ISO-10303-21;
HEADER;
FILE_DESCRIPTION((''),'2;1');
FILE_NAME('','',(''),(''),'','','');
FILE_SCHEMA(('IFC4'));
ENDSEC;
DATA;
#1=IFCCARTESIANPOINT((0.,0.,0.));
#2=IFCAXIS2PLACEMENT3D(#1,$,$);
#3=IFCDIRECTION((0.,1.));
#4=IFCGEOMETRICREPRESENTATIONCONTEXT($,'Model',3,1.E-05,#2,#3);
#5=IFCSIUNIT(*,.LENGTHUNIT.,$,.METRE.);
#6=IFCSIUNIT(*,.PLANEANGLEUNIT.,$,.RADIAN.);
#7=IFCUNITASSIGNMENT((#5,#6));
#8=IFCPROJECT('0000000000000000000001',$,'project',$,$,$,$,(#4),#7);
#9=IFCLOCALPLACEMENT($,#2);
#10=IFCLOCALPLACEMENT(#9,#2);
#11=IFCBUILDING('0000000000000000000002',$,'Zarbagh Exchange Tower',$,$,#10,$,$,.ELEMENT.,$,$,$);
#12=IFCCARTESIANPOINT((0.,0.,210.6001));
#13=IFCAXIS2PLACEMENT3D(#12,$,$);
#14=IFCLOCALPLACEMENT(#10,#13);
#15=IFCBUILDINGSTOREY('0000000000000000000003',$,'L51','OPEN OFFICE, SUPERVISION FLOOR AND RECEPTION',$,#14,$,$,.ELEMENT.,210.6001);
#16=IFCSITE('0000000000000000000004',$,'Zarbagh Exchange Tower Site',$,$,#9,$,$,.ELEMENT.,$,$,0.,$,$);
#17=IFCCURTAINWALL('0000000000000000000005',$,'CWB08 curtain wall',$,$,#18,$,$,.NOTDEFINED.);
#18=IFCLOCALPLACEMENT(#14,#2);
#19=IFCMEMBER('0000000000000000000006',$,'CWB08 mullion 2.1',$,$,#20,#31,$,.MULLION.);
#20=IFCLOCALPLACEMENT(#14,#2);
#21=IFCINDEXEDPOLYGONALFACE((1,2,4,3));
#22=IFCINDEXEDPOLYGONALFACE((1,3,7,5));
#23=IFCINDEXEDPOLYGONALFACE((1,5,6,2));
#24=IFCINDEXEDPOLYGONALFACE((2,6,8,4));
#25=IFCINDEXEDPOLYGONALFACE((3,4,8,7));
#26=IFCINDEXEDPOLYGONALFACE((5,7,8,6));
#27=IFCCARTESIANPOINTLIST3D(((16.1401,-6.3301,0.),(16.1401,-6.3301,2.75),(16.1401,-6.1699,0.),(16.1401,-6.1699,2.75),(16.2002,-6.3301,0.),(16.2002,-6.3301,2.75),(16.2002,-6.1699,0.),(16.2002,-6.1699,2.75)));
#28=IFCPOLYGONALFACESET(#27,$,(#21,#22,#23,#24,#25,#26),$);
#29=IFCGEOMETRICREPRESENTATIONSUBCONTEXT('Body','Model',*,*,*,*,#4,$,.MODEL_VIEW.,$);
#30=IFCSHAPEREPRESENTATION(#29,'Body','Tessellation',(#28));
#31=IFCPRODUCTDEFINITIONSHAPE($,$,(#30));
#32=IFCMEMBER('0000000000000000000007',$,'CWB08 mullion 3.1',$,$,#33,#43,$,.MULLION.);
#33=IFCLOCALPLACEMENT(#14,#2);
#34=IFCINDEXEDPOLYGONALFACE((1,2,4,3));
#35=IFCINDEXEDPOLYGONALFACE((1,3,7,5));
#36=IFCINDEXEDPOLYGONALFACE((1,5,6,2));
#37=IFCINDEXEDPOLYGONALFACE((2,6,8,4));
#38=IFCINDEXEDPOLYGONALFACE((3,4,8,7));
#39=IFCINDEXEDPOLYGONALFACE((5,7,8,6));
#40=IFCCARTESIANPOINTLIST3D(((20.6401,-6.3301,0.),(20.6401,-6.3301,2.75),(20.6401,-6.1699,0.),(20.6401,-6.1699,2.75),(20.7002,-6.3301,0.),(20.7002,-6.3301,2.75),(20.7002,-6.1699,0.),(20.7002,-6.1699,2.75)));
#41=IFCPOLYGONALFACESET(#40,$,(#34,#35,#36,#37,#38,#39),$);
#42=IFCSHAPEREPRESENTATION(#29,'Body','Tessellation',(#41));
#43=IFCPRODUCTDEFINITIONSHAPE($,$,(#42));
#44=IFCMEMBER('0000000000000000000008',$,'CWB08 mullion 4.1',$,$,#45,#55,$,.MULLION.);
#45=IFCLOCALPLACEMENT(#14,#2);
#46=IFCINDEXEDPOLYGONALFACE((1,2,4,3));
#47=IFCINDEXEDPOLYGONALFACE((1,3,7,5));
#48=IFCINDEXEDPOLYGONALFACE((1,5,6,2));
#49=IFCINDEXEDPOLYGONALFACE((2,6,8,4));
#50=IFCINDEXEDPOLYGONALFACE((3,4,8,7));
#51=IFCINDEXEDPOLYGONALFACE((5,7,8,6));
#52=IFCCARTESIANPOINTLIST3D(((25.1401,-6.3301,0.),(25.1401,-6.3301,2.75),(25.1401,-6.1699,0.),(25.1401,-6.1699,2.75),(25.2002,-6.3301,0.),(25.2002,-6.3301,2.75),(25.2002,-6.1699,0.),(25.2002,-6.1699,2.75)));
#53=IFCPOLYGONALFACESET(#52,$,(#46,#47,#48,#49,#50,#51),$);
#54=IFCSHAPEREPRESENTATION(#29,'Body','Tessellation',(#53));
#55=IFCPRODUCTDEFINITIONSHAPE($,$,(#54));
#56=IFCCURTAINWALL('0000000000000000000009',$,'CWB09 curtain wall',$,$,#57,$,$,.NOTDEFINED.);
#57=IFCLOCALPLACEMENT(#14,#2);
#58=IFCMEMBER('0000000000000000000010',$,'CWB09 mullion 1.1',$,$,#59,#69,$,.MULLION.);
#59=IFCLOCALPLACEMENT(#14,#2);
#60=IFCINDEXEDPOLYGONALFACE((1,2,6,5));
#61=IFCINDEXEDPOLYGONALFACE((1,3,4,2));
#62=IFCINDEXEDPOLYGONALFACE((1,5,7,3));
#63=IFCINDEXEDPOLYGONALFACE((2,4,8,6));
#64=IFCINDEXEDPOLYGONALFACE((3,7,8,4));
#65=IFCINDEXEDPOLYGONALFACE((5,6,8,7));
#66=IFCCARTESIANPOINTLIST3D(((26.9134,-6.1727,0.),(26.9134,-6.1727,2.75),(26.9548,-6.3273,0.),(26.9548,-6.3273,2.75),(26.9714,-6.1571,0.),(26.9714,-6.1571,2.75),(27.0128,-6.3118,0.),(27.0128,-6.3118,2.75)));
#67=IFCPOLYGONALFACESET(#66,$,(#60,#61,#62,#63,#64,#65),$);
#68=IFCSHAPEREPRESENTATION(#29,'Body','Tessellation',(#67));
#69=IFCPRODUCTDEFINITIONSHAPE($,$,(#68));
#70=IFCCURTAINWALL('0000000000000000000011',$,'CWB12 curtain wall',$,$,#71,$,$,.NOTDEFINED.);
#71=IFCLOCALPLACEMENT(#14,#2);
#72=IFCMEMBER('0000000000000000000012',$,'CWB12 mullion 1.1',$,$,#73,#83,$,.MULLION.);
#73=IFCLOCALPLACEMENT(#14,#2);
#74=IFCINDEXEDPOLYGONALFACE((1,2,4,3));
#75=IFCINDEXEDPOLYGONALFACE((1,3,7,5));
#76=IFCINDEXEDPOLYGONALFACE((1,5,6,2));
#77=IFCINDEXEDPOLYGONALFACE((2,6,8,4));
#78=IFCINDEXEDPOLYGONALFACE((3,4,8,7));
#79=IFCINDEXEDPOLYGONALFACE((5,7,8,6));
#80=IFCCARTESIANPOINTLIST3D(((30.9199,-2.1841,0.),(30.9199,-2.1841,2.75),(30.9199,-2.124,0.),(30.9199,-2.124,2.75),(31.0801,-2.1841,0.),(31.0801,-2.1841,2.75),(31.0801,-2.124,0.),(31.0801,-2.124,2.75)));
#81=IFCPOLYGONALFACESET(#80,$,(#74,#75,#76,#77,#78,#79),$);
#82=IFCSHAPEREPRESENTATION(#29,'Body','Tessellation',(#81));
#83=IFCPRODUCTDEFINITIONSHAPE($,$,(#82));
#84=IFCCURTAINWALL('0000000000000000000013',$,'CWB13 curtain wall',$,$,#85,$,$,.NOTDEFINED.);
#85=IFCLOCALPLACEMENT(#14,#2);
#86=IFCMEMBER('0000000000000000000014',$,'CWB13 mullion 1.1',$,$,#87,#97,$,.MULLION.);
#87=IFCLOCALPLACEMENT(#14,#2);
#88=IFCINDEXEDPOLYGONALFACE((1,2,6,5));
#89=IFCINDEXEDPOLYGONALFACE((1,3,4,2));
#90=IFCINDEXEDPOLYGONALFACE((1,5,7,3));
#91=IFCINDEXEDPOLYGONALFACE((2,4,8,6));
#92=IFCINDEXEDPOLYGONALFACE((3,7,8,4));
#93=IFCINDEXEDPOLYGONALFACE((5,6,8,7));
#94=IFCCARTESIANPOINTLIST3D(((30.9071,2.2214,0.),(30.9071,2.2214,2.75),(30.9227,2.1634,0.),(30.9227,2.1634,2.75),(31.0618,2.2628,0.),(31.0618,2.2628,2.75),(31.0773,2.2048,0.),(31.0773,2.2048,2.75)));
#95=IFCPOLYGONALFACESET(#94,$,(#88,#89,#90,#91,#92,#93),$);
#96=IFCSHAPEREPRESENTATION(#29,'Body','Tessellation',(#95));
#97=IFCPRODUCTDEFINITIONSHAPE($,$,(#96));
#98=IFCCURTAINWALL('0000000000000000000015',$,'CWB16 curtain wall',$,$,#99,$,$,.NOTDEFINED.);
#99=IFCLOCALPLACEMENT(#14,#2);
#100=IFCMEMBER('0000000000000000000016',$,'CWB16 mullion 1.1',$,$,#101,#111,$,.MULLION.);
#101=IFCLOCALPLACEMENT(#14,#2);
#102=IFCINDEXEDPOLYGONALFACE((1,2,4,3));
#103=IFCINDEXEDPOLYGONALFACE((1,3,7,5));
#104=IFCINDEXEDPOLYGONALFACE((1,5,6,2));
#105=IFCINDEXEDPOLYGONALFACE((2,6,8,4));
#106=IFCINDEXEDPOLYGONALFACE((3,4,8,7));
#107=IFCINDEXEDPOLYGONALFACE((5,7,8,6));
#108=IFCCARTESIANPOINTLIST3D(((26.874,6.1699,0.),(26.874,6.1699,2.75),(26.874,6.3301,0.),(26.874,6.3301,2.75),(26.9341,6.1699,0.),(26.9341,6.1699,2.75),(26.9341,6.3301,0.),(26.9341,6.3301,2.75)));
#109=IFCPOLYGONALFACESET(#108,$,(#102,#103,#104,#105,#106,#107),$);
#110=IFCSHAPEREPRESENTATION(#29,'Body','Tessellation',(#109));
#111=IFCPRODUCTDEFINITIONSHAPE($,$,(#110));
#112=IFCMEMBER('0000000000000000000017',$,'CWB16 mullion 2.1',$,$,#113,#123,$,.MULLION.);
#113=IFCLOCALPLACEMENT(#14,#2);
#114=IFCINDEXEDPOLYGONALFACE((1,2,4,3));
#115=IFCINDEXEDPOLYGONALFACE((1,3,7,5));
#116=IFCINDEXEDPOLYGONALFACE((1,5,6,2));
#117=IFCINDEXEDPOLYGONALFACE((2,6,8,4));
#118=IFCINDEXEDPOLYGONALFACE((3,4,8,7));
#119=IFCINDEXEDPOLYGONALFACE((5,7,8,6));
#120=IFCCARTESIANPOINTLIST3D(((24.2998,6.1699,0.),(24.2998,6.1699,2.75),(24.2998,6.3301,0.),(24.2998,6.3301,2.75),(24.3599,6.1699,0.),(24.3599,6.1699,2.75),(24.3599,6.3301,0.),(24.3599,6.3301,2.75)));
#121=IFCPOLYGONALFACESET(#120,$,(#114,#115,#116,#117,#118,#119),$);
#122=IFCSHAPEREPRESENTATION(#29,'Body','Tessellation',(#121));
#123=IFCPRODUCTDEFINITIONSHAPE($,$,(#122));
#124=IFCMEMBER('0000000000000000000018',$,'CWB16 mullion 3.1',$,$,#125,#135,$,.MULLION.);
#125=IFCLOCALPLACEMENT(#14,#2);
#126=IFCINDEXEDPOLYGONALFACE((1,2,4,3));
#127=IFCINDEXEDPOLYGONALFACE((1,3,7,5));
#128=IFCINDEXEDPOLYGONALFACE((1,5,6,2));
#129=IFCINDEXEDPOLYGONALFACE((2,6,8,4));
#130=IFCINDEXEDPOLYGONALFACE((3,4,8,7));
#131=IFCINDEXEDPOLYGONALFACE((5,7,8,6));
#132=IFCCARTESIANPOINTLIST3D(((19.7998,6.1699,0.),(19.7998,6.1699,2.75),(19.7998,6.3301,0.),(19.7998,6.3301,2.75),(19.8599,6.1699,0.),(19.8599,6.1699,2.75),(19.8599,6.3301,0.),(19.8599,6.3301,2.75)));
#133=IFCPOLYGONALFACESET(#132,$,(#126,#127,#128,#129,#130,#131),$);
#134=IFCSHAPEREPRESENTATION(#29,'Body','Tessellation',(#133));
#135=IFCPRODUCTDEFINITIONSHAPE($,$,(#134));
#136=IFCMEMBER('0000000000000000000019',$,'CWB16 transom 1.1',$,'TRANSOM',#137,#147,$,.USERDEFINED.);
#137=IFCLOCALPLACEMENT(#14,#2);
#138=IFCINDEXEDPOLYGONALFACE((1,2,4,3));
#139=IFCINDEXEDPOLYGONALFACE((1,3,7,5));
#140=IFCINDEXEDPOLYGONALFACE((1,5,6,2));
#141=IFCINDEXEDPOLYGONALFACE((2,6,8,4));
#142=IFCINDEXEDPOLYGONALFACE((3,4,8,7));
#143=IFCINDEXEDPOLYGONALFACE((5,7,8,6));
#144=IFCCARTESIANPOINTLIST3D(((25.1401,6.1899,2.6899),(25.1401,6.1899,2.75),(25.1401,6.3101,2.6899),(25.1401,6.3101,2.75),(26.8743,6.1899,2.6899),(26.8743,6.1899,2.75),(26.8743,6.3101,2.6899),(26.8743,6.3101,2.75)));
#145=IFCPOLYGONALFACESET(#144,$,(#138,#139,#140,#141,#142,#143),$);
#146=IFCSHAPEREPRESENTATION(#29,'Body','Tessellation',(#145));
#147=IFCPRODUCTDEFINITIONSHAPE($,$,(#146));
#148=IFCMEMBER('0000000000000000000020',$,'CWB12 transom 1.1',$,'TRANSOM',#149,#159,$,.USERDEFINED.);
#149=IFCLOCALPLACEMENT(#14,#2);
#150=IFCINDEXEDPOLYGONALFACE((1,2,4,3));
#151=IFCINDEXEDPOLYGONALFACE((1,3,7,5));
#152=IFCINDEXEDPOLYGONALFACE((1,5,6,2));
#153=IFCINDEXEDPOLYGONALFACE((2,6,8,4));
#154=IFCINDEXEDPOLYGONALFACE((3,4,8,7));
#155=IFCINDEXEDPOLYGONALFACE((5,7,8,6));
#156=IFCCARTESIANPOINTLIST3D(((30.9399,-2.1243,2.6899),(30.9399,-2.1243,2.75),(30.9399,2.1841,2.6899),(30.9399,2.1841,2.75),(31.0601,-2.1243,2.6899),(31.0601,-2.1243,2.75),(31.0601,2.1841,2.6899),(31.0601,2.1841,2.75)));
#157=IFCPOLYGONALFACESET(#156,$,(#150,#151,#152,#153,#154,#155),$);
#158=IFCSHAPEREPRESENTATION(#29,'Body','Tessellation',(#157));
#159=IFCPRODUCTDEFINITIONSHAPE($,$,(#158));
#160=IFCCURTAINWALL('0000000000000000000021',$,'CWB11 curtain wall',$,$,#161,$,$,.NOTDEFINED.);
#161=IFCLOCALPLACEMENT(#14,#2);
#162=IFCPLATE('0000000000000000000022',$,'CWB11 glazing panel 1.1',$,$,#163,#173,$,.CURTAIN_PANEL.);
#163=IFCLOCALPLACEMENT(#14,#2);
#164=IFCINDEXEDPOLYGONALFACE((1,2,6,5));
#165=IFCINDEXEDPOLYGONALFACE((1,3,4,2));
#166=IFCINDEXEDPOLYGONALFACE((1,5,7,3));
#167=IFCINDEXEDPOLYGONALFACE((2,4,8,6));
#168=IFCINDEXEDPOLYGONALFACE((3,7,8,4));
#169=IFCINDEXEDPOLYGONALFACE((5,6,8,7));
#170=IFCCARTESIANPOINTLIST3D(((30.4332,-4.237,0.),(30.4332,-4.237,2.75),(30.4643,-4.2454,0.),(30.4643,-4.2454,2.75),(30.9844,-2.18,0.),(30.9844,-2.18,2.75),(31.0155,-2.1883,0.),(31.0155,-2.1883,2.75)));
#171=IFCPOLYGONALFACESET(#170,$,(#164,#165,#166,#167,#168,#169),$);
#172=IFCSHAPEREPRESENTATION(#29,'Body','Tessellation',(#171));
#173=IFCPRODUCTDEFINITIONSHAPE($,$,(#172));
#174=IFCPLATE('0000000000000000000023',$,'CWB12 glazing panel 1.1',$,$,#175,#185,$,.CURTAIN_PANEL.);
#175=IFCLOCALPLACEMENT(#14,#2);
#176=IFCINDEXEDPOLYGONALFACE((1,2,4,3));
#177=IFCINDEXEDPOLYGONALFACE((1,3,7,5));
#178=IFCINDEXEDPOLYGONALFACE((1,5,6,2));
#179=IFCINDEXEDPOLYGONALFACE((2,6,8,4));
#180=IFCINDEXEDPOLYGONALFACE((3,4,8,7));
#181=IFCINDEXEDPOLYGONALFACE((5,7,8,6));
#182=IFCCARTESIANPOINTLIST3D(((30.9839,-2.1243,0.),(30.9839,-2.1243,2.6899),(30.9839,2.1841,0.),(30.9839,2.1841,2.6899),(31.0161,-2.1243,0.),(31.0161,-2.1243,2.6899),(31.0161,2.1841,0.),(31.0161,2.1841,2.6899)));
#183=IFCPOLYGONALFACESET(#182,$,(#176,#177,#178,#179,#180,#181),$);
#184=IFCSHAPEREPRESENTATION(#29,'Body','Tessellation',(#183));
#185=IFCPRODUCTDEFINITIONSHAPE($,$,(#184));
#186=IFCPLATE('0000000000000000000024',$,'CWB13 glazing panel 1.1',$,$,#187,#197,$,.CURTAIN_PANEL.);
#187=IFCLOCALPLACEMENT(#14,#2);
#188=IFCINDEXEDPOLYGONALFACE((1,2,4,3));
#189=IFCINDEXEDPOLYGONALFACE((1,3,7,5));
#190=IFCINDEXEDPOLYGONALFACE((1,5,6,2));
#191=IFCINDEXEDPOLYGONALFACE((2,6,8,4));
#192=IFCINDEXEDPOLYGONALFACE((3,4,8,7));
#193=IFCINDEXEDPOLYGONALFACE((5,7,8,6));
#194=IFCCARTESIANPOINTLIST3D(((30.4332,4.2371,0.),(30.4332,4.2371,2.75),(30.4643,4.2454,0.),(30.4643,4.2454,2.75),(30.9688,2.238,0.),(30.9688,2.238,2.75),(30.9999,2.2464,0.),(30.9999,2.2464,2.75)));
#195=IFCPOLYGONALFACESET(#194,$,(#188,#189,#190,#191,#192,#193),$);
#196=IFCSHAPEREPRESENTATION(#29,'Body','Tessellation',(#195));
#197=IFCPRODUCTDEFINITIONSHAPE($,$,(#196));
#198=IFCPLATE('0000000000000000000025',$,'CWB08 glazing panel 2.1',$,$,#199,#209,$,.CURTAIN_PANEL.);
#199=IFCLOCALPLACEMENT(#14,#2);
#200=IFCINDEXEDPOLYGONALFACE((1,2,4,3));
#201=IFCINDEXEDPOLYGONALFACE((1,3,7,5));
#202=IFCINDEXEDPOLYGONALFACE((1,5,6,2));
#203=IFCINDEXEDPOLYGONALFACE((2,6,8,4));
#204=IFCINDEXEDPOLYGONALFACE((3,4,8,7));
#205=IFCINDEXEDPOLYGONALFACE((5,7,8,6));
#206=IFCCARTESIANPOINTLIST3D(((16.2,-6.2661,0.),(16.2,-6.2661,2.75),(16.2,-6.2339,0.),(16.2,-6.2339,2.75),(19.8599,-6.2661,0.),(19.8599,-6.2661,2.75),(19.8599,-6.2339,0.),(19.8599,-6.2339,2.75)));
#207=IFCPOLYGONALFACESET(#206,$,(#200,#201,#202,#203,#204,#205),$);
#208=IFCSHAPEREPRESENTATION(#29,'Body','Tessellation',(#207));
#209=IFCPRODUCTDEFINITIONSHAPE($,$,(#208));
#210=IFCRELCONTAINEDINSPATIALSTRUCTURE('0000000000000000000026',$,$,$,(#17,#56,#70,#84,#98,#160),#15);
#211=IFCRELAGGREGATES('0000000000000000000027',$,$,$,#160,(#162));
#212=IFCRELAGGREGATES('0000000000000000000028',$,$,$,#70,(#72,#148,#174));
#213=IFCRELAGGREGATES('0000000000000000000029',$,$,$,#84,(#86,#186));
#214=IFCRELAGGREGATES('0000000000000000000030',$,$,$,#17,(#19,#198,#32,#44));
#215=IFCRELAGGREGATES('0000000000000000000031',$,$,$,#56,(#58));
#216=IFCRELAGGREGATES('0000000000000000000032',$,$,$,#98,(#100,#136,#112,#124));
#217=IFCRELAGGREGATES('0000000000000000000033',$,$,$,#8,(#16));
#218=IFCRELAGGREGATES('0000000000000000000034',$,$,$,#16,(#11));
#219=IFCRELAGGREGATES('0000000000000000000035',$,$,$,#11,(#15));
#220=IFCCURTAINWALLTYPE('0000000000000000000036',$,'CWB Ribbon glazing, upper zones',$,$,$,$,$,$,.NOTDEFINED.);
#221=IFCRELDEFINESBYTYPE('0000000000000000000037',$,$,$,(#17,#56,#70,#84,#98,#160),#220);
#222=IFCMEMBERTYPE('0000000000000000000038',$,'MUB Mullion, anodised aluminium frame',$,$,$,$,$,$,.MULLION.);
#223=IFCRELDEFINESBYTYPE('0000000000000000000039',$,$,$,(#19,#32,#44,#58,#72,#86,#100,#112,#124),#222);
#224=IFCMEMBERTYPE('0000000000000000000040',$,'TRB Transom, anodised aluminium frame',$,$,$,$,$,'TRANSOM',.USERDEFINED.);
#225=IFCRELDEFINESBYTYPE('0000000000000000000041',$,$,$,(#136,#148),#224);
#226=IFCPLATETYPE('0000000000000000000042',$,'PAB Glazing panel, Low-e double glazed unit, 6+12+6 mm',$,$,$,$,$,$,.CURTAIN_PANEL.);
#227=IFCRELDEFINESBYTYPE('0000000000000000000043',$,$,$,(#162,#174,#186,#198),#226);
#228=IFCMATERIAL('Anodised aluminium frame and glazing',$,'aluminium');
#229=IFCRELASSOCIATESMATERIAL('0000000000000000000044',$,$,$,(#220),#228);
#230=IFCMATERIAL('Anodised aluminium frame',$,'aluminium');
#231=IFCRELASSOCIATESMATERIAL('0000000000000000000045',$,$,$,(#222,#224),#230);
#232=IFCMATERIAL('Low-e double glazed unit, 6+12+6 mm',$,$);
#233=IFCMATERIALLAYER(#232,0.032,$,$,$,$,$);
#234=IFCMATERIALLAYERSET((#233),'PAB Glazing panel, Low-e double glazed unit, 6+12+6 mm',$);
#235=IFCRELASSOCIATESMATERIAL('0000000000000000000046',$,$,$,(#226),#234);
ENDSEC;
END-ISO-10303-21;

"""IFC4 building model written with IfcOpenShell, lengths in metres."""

from ifc_helpers import new_model, si_unit, direction, frame, origin, place, context, subcontext, project, spatial, polyline, outline, extrude, source, transform, mapped, material, layer, layer_set, type_object, element, aggregate, save


model = new_model("IFC4")

# Units and contexts
model_context = context("Model", 3, precision=1e-05, world=origin(), true_north=direction((0.0, 1.0)))
body_context = subcontext(model_context, "Body", "Model", "MODEL_VIEW")
ifc_project = project(units=[si_unit("LENGTHUNIT", "METRE"), si_unit("PLANEANGLEUNIT", "RADIAN")], contexts=[model_context])

# Site, building, storey
site_placement = place(None, origin())
site = spatial("IfcSite", under=ifc_project, at=site_placement, Name="Zarbagh Exchange Tower Site", CompositionType="ELEMENT", RefElevation=0.0)
building_placement = place(site_placement, origin())
building = spatial("IfcBuilding", under=site, at=building_placement, Name="Zarbagh Exchange Tower", CompositionType="ELEMENT")
storey_placement = place(building_placement, frame((0.0, 0.0, 210.6001)))
storey = spatial("IfcBuildingStorey", under=building, at=storey_placement, Name="L51", Description="OPEN OFFICE, SUPERVISION FLOOR AND RECEPTION", CompositionType="ELEMENT", Elevation=210.6001)

# Curtain wall, members
ifc_material_1 = material(Name="Anodised aluminium frame and glazing", Category="aluminium")
curtain_wall_type = type_object("IfcCurtainWallType", Name="CWB Ribbon glazing, upper zones", PredefinedType="NOTDEFINED", material=ifc_material_1)
curtain_wall_1_placement = place(storey_placement, origin())
curtain_wall_1 = element("IfcCurtainWall", 1, at=curtain_wall_1_placement, inside=storey, type_object=curtain_wall_type, Name="CWB08 curtain wall", PredefinedType="NOTDEFINED")
ifc_material_2 = material(Name="Anodised aluminium frame", Category="aluminium")
member_type_1 = type_object("IfcMemberType", Name="MUB Mullion, anodised aluminium frame", PredefinedType="MULLION", material=ifc_material_2)
shared_shape_1 = source(origin(), body_context, "Body", "SweptSolid", [
    extrude(outline(polyline([(0.0, -0.0801), (0.0601, -0.0801), (0.0601, 0.0801), (0.0, 0.0801), (0.0, -0.0801)])), origin(), (0.0, 0.0, 1.0), 2.75),
])
placement = place(storey_placement, origin())
member_1 = element("IfcMember", 2, at=placement, type_object=member_type_1, Name="CWB08 mullion 2.1", PredefinedType="MULLION", context=body_context, shape_type="MappedRepresentation", body=[
    mapped(shared_shape_1, transform((16.1401, -6.25, 0.0), x_axis=(1.0, 0.0, 0.0), y_axis=(0.0, 1.0, 0.0), z_axis=(0.0, 0.0, 1.0))),
])
member_2 = element("IfcMember", 3, at=placement, type_object=member_type_1, Name="CWB08 mullion 3.1", PredefinedType="MULLION", context=body_context, shape_type="MappedRepresentation", body=[
    mapped(shared_shape_1, transform((20.6401, -6.25, 0.0), x_axis=(1.0, 0.0, 0.0), y_axis=(0.0, 1.0, 0.0), z_axis=(0.0, 0.0, 1.0))),
])
member_3 = element("IfcMember", 4, at=placement, type_object=member_type_1, Name="CWB08 mullion 4.1", PredefinedType="MULLION", context=body_context, shape_type="MappedRepresentation", body=[
    mapped(shared_shape_1, transform((25.1401, -6.25, 0.0), x_axis=(1.0, 0.0, 0.0), y_axis=(0.0, 1.0, 0.0), z_axis=(0.0, 0.0, 1.0))),
])

# Curtain walls, members
curtain_wall_2_placement = place(storey_placement, origin())
curtain_wall_2 = element("IfcCurtainWall", 5, at=curtain_wall_2_placement, inside=storey, type_object=curtain_wall_type, Name="CWB09 curtain wall", PredefinedType="NOTDEFINED")
member_4 = element("IfcMember", 6, at=placement, type_object=member_type_1, Name="CWB09 mullion 1.1", PredefinedType="MULLION", context=body_context, shape_type="MappedRepresentation", body=[
    mapped(shared_shape_1, transform((26.9341, -6.25, 0.0), x_axis=(0.965924, 0.258825, 0.0), y_axis=(-0.258825, 0.965924, 0.0), z_axis=(0.0, 0.0, 1.0))),
])
curtain_wall_3_placement = place(storey_placement, origin())
curtain_wall_3 = element("IfcCurtainWall", 7, at=curtain_wall_3_placement, inside=storey, type_object=curtain_wall_type, Name="CWB12 curtain wall", PredefinedType="NOTDEFINED")
member_5 = element("IfcMember", 8, at=placement, type_object=member_type_1, Name="CWB12 mullion 1.1", PredefinedType="MULLION", context=body_context, shape_type="MappedRepresentation", body=[
    mapped(shared_shape_1, transform((31.0, -2.1841, 0.0), x_axis=(0.0, 1.0, 0.0), y_axis=(-1.0, 0.0, 0.0), z_axis=(0.0, 0.0, 1.0))),
])
curtain_wall_4_placement = place(storey_placement, origin())
curtain_wall_4 = element("IfcCurtainWall", 9, at=curtain_wall_4_placement, inside=storey, type_object=curtain_wall_type, Name="CWB13 curtain wall", PredefinedType="NOTDEFINED")
member_6 = element("IfcMember", 10, at=placement, type_object=member_type_1, Name="CWB13 mullion 1.1", PredefinedType="MULLION", context=body_context, shape_type="MappedRepresentation", body=[
    mapped(shared_shape_1, transform((31.0, 2.1841, 0.0), x_axis=(-0.258825, 0.965924, 0.0), y_axis=(-0.965924, -0.258825, 0.0), z_axis=(0.0, 0.0, 1.0))),
])

# Curtain wall, members
curtain_wall_5_placement = place(storey_placement, origin())
curtain_wall_5 = element("IfcCurtainWall", 11, at=curtain_wall_5_placement, inside=storey, type_object=curtain_wall_type, Name="CWB16 curtain wall", PredefinedType="NOTDEFINED")
member_7 = element("IfcMember", 12, at=placement, type_object=member_type_1, Name="CWB16 mullion 1.1", PredefinedType="MULLION", context=body_context, shape_type="MappedRepresentation", body=[
    mapped(shared_shape_1, transform((26.9341, 6.25, 0.0), x_axis=(-1.0, 0.0, 0.0), y_axis=(0.0, -1.0, 0.0), z_axis=(0.0, 0.0, 1.0))),
])
member_8 = element("IfcMember", 13, at=placement, type_object=member_type_1, Name="CWB16 mullion 2.1", PredefinedType="MULLION", context=body_context, shape_type="MappedRepresentation", body=[
    mapped(shared_shape_1, transform((24.3599, 6.25, 0.0), x_axis=(-1.0, 0.0, 0.0), y_axis=(0.0, -1.0, 0.0), z_axis=(0.0, 0.0, 1.0))),
])
member_9 = element("IfcMember", 14, at=placement, type_object=member_type_1, Name="CWB16 mullion 3.1", PredefinedType="MULLION", context=body_context, shape_type="MappedRepresentation", body=[
    mapped(shared_shape_1, transform((19.8599, 6.25, 0.0), x_axis=(-1.0, 0.0, 0.0), y_axis=(0.0, -1.0, 0.0), z_axis=(0.0, 0.0, 1.0))),
])
member_type_2 = type_object("IfcMemberType", Name="TRB Transom, anodised aluminium frame", ElementType="TRANSOM", PredefinedType="USERDEFINED", material=ifc_material_2)
shared_shape_2 = source(origin(), body_context, "Body", "SweptSolid", [
    extrude(outline(polyline([(-0.0601, -0.0601), (0.0, -0.0601), (0.0, 0.0601), (-0.0601, 0.0601), (-0.0601, -0.0601)])), origin(), (0.0, 0.0, 1.0), 1.7341),
])
member_10 = element("IfcMember", 15, at=placement, type_object=member_type_2, Name="CWB16 transom 1.1", ObjectType="TRANSOM", PredefinedType="USERDEFINED", context=body_context, shape_type="MappedRepresentation", body=[
    mapped(shared_shape_2, transform((26.8743, 6.25, 2.75), x_axis=(0.0, 0.0, 1.0), y_axis=(0.0, 1.0, 0.0), z_axis=(-1.0, 0.0, 0.0))),
])

# Member
shared_shape_3 = source(origin(), body_context, "Body", "SweptSolid", [
    extrude(outline(polyline([(-0.0601, -0.0601), (0.0, -0.0601), (0.0, 0.0601), (-0.0601, 0.0601), (-0.0601, -0.0601)])), origin(), (0.0, 0.0, 1.0), 4.3083),
])
member_11 = element("IfcMember", 16, at=placement, type_object=member_type_2, Name="CWB12 transom 1.1", ObjectType="TRANSOM", PredefinedType="USERDEFINED", context=body_context, shape_type="MappedRepresentation", body=[
    mapped(shared_shape_3, transform((31.0, -2.1243, 2.75), x_axis=(0.0, 0.0, 1.0), y_axis=(1.0, 0.0, 0.0), z_axis=(0.0, 1.0, 0.0))),
])

# Curtain wall, plate
curtain_wall_6_placement = place(storey_placement, origin())
curtain_wall_6 = element("IfcCurtainWall", 17, at=curtain_wall_6_placement, inside=storey, type_object=curtain_wall_type, Name="CWB11 curtain wall", PredefinedType="NOTDEFINED")
ifc_material_3 = material(Name="Low-e double glazed unit, 6+12+6 mm")
ifc_layer = layer(ifc_material_3, 0.032)
ifc_layer_set = layer_set([ifc_layer], Name="PAB Glazing panel, Low-e double glazed unit, 6+12+6 mm")
plate_type = type_object("IfcPlateType", Name="PAB Glazing panel, Low-e double glazed unit, 6+12+6 mm", PredefinedType="CURTAIN_PANEL", material=ifc_layer_set)
shared_shape_4 = source(origin(), body_context, "Body", "SweptSolid", [
    extrude(outline(polyline([(0.0, -0.0161), (2.1296, -0.0161), (2.1296, 0.0161), (0.0, 0.0161), (0.0, -0.0161)])), origin(), (0.0, 0.0, 1.0), 2.75),
])
plate_1 = element("IfcPlate", 18, at=placement, type_object=plate_type, Name="CWB11 glazing panel 1.1", PredefinedType="CURTAIN_PANEL", context=body_context, shape_type="MappedRepresentation", body=[
    mapped(shared_shape_4, transform((30.4487, -4.2412, 0.0), x_axis=(0.258825, 0.965924, 0.0), y_axis=(-0.965924, 0.258825, 0.0), z_axis=(0.0, 0.0, 1.0))),
])
aggregate(curtain_wall_6, [plate_1])

# Plates
shared_shape_5 = source(origin(), body_context, "Body", "SweptSolid", [
    extrude(outline(polyline([(0.0, -0.0161), (4.3083, -0.0161), (4.3083, 0.0161), (0.0, 0.0161), (0.0, -0.0161)])), origin(), (0.0, 0.0, 1.0), 2.6899),
])
plate_2 = element("IfcPlate", 19, at=placement, type_object=plate_type, Name="CWB12 glazing panel 1.1", PredefinedType="CURTAIN_PANEL", context=body_context, shape_type="MappedRepresentation", body=[
    mapped(shared_shape_5, transform((31.0, -2.1243, 0.0), x_axis=(0.0, 1.0, 0.0), y_axis=(-1.0, 0.0, 0.0), z_axis=(0.0, 0.0, 1.0))),
])
aggregate(curtain_wall_3, [member_5, member_11, plate_2])
shared_shape_6 = source(origin(), body_context, "Body", "SweptSolid", [
    extrude(outline(polyline([(0.0, -0.0161), (2.0696, -0.0161), (2.0696, 0.0161), (0.0, 0.0161), (0.0, -0.0161)])), origin(), (0.0, 0.0, 1.0), 2.75),
])
plate_3 = element("IfcPlate", 20, at=placement, type_object=plate_type, Name="CWB13 glazing panel 1.1", PredefinedType="CURTAIN_PANEL", context=body_context, shape_type="MappedRepresentation", body=[
    mapped(shared_shape_6, transform((30.9844, 2.2422, 0.0), x_axis=(-0.258825, 0.965924, 0.0), y_axis=(-0.965924, -0.258825, 0.0), z_axis=(0.0, 0.0, 1.0))),
])
aggregate(curtain_wall_4, [member_6, plate_3])
shared_shape_7 = source(origin(), body_context, "Body", "SweptSolid", [
    extrude(outline(polyline([(0.0, -0.0161), (3.6599, -0.0161), (3.6599, 0.0161), (0.0, 0.0161), (0.0, -0.0161)])), origin(), (0.0, 0.0, 1.0), 2.75),
])
plate_4 = element("IfcPlate", 21, at=placement, type_object=plate_type, Name="CWB08 glazing panel 2.1", PredefinedType="CURTAIN_PANEL", context=body_context, shape_type="MappedRepresentation", body=[
    mapped(shared_shape_7, transform((16.2, -6.25, 0.0), x_axis=(1.0, 0.0, 0.0), y_axis=(0.0, 1.0, 0.0), z_axis=(0.0, 0.0, 1.0))),
])
aggregate(curtain_wall_1, [member_1, plate_4, member_2, member_3])
aggregate(curtain_wall_2, [member_4])

aggregate(curtain_wall_5, [member_7, member_10, member_8, member_9])

save(model, "model.ifc")
